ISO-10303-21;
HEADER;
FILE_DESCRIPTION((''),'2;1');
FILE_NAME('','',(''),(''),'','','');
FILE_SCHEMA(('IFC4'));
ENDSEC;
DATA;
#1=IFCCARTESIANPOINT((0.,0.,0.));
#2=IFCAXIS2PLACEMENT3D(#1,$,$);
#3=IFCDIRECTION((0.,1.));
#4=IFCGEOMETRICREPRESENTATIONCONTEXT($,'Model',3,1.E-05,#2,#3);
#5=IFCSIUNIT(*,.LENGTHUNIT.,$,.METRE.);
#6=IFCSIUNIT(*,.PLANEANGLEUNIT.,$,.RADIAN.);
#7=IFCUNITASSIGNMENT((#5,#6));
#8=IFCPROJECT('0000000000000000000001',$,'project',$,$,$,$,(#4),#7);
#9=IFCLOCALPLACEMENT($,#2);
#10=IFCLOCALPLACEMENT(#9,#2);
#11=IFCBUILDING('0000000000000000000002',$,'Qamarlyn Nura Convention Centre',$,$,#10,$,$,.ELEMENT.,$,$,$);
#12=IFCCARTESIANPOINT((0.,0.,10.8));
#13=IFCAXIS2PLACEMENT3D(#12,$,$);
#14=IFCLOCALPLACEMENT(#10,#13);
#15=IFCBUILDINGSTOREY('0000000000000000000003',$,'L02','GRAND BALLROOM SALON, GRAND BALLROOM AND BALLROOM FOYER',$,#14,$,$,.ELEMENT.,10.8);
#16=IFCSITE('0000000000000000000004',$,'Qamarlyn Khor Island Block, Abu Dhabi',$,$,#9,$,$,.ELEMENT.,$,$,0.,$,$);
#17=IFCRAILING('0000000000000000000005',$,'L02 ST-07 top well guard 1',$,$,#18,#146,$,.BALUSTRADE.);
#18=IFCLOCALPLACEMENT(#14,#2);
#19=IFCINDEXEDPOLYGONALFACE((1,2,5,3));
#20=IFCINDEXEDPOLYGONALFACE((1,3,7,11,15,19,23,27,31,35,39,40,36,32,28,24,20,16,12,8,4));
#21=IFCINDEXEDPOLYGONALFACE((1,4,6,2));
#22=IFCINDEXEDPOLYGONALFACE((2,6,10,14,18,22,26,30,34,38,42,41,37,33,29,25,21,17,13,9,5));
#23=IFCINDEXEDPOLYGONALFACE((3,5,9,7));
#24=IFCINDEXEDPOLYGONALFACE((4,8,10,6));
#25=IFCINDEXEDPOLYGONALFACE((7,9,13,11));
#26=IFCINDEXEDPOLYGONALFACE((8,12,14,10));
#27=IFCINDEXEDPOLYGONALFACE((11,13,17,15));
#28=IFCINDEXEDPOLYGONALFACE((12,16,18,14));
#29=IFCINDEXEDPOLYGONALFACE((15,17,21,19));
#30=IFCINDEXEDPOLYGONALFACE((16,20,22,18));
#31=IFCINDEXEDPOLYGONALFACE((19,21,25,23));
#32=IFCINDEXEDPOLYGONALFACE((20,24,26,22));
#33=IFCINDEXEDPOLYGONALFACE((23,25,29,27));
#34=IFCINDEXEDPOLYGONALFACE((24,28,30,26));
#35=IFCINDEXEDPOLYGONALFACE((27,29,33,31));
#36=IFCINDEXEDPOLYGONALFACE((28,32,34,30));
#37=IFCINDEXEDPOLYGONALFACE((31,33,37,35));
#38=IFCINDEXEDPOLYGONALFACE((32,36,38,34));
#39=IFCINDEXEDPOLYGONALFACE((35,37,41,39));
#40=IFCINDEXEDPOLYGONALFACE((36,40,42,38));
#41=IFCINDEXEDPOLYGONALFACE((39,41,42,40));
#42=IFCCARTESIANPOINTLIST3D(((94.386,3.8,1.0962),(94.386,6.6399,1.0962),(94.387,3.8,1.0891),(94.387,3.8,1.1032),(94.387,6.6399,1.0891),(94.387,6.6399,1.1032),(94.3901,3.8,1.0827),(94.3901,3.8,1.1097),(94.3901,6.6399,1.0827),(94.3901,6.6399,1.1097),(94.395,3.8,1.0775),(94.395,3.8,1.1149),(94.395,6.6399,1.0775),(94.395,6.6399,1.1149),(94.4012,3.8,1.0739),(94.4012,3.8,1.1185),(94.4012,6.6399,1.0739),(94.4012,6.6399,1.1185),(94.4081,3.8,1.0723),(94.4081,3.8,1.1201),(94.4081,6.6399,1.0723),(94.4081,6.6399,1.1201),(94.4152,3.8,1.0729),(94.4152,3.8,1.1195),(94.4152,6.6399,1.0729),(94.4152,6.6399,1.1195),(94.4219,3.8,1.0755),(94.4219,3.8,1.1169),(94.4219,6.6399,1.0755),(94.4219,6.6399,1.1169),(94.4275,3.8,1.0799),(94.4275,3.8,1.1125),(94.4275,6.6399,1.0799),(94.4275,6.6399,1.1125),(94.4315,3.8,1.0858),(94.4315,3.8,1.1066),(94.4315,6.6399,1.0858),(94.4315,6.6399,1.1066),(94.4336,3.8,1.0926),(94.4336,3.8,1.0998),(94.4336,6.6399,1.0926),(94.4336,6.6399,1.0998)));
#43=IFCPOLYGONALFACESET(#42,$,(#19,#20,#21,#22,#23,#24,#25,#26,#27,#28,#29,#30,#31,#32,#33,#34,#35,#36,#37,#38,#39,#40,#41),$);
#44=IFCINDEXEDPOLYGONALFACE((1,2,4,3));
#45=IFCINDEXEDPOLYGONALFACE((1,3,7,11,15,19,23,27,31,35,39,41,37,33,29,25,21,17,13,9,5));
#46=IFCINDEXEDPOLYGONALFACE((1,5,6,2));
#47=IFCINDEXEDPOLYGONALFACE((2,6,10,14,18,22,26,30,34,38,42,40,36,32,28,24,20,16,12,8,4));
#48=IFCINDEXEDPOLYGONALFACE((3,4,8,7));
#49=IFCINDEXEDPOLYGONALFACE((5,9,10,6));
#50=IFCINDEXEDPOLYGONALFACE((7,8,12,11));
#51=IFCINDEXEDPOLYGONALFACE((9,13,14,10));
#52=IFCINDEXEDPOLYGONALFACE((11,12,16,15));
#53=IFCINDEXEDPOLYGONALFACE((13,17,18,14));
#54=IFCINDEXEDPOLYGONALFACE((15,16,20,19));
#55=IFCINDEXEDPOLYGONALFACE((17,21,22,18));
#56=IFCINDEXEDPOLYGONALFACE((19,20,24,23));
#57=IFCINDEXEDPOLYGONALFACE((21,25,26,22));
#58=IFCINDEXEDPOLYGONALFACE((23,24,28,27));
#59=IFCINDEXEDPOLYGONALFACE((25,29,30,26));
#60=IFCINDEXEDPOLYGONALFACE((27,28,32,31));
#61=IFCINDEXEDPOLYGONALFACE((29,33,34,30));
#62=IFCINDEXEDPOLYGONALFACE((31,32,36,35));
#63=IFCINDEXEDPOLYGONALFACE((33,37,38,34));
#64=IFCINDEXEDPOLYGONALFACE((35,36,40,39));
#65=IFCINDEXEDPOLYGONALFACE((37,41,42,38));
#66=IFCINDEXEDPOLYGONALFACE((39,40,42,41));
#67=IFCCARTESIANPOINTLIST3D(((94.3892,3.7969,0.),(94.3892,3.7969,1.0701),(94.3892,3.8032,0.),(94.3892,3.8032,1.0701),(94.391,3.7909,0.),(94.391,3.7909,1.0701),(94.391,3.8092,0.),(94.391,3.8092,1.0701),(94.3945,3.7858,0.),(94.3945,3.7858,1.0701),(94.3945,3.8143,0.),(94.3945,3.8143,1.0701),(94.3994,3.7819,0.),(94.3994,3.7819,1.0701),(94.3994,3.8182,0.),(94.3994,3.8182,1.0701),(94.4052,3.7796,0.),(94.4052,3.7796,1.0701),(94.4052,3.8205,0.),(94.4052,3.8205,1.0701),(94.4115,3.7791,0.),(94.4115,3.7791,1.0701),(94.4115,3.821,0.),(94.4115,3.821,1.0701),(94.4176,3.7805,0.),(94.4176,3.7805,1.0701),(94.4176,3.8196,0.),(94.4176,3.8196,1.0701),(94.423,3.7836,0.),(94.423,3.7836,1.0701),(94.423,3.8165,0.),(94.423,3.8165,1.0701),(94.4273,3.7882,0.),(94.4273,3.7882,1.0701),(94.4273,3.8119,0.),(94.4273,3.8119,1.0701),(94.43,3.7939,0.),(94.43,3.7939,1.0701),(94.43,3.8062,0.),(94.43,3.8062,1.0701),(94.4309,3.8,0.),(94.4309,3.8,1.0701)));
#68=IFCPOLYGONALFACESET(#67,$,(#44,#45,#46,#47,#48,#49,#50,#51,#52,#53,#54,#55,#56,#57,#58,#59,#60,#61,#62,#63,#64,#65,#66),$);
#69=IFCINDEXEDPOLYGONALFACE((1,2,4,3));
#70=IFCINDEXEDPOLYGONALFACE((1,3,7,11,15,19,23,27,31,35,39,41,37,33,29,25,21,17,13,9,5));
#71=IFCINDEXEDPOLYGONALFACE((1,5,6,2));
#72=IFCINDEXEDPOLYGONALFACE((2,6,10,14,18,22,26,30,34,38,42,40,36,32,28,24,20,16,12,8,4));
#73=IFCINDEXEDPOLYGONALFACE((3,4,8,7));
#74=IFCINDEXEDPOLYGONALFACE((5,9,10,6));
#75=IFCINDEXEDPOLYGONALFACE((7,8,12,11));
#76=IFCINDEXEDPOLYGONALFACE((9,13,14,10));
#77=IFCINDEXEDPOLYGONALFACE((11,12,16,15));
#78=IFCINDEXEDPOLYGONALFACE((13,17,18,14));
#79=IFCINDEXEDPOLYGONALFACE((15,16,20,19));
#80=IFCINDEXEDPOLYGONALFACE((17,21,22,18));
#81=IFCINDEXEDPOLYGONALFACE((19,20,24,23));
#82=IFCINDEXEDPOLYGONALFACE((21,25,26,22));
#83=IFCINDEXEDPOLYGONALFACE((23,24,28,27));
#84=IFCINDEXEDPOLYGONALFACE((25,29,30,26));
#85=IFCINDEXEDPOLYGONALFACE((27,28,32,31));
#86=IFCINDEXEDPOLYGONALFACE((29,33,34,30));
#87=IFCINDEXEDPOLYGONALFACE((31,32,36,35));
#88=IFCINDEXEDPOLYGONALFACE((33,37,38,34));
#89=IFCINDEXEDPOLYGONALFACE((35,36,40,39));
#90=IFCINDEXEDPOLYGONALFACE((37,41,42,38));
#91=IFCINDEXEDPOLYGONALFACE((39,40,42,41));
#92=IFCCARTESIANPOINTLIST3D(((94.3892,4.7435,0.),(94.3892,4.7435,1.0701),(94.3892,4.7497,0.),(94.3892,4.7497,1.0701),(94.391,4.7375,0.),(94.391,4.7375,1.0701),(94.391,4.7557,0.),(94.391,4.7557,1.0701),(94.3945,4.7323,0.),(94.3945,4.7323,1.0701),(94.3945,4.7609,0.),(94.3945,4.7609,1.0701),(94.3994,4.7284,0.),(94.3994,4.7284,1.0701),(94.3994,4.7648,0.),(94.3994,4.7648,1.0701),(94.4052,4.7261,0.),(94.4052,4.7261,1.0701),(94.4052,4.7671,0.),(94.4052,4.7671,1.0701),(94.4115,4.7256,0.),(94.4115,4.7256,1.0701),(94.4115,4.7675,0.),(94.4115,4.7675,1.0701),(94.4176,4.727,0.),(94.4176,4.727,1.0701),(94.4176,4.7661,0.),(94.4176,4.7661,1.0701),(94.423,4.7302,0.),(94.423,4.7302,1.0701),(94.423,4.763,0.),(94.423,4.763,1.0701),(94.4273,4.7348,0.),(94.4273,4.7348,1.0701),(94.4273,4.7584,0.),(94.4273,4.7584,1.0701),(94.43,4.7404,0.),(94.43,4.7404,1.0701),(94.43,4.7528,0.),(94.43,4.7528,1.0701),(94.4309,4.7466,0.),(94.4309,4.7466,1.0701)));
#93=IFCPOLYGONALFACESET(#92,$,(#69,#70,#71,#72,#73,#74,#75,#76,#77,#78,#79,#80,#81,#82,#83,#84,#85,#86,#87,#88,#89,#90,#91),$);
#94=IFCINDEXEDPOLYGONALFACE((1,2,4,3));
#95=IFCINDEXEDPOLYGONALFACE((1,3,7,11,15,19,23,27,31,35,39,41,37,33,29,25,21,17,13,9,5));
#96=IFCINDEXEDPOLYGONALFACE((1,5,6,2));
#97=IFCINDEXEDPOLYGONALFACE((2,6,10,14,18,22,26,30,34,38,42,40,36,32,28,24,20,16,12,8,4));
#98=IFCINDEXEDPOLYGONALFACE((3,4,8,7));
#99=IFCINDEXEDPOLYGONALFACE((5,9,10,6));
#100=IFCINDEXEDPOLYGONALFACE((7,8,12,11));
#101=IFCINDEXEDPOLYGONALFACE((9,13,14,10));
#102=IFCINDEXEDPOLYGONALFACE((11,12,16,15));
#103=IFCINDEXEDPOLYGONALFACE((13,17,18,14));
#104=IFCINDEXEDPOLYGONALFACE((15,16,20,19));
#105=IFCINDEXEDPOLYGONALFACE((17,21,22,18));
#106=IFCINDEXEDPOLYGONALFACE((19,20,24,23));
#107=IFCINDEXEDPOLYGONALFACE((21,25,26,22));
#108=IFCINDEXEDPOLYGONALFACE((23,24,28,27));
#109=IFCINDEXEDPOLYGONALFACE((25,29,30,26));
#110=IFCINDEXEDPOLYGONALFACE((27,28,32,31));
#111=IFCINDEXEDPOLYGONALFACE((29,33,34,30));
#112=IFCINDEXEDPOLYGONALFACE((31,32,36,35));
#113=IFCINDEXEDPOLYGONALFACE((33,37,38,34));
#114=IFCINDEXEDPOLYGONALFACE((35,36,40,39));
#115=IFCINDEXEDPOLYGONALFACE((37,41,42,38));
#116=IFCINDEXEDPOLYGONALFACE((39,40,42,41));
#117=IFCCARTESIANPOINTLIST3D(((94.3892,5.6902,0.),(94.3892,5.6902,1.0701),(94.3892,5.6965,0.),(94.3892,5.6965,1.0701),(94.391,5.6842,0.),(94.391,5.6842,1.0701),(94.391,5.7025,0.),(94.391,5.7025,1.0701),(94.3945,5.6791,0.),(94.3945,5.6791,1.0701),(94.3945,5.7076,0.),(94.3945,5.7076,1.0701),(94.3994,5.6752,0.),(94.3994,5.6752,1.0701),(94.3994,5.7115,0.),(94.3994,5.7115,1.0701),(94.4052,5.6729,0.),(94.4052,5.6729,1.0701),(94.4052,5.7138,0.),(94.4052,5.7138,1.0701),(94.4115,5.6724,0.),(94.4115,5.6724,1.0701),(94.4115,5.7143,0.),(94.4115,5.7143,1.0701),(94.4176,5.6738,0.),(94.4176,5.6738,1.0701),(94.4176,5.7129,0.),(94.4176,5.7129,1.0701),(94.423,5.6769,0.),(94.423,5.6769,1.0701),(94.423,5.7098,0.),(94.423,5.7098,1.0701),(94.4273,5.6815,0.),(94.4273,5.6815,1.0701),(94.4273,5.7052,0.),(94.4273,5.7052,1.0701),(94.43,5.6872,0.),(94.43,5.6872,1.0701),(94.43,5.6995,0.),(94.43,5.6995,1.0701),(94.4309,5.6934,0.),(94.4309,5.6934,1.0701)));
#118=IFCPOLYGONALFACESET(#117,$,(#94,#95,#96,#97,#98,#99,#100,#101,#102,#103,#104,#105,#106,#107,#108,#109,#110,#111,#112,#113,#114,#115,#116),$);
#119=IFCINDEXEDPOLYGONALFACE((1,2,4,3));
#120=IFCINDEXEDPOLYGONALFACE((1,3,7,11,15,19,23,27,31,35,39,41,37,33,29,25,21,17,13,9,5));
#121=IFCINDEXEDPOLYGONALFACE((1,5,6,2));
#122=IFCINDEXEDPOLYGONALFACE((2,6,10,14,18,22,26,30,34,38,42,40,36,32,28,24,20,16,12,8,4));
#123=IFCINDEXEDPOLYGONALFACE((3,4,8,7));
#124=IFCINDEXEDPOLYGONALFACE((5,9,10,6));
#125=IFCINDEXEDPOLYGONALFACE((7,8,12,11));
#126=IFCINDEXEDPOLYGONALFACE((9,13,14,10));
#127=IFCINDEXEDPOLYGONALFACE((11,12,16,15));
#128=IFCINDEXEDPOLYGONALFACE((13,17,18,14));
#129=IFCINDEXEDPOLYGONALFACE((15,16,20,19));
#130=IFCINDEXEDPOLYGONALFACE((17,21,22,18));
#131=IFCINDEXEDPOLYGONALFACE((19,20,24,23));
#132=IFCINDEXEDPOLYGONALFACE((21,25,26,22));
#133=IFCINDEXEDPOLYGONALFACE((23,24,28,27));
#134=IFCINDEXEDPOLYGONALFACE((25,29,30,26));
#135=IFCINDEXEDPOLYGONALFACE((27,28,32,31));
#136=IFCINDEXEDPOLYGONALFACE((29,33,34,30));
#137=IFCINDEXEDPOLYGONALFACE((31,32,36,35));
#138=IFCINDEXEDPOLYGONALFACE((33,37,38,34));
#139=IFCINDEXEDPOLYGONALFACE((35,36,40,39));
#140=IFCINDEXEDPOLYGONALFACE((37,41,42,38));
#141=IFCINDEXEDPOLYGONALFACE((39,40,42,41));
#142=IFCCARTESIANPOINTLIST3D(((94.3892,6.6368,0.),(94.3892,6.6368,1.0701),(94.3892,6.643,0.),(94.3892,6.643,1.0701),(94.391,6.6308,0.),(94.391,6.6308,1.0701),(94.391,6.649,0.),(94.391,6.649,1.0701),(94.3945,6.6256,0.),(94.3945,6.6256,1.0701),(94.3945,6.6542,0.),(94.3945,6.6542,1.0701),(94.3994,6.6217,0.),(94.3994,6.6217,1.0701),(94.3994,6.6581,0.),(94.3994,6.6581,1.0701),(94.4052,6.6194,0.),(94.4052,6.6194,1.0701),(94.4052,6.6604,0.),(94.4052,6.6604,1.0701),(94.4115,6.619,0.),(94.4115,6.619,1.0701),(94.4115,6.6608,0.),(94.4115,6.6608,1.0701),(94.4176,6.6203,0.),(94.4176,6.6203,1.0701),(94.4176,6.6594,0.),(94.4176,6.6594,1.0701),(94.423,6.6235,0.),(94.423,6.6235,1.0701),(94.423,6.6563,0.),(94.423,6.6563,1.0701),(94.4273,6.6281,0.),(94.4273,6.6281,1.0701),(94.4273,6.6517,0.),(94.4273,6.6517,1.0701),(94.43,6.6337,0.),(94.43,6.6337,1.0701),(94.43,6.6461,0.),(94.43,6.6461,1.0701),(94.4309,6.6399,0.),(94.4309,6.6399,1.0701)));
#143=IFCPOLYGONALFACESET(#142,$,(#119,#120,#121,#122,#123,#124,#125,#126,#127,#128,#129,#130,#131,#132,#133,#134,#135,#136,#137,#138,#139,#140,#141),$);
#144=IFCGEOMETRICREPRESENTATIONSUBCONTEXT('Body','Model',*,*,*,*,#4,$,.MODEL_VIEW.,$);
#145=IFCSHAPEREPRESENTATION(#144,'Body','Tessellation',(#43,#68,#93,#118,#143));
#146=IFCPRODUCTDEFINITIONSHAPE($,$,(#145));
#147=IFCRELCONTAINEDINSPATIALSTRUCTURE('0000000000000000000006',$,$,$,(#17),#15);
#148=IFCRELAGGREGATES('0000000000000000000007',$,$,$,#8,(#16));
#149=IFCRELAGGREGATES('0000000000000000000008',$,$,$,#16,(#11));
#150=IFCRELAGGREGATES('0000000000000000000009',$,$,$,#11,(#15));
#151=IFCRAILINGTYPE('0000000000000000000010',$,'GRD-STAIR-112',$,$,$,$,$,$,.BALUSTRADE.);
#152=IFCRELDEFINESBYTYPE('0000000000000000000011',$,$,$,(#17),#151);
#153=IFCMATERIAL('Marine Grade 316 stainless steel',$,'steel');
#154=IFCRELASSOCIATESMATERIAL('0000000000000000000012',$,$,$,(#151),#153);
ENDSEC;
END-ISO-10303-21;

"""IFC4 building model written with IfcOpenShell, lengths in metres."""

from ifc_helpers import new_model, si_unit, direction, frame, origin, origin_2d, place, context, subcontext, project, spatial, circle, extrude, material, type_object, element, save


model = new_model("IFC4")

# Units and contexts
model_context = context("Model", 3, precision=1e-05, world=origin(), true_north=direction((0.0, 1.0)))
body_context = subcontext(model_context, "Body", "Model", "MODEL_VIEW")
ifc_project = project(units=[si_unit("LENGTHUNIT", "METRE"), si_unit("PLANEANGLEUNIT", "RADIAN")], contexts=[model_context])

# Site, building, storey
site_placement = place(None, origin())
site = spatial("IfcSite", under=ifc_project, at=site_placement, Name="Qamarlyn Khor Island Block, Abu Dhabi", CompositionType="ELEMENT", RefElevation=0.0)
building_placement = place(site_placement, origin())
building = spatial("IfcBuilding", under=site, at=building_placement, Name="Qamarlyn Nura Convention Centre", CompositionType="ELEMENT")
storey_placement = place(building_placement, frame((0.0, 0.0, 10.8)))
storey = spatial("IfcBuildingStorey", under=building, at=storey_placement, Name="L02", Description="GRAND BALLROOM SALON, GRAND BALLROOM AND BALLROOM FOYER", CompositionType="ELEMENT", Elevation=10.8)

# Railing
ifc_material_1 = material(Name="Marine Grade 316 stainless steel", Category="steel")
railing_type = type_object("IfcRailingType", Name="GRD-STAIR-112", PredefinedType="BALUSTRADE", material=ifc_material_1)
railing_placement = place(storey_placement, frame((94.4099, 3.8, 0.0)))
element("IfcRailing", 1, at=railing_placement, inside=storey, type_object=railing_type, Name="L02 ST-07 top well guard 1", PredefinedType="BALUSTRADE", context=body_context, shape_type="SweptSolid", body=[
    extrude(circle(Radius=0.0239, at=origin_2d()), frame((0.0, 0.0, 1.0962), z_axis=(0.0, 1.0, 0.0), x_axis=(-1.0, 0.0, 0.0)), (0.0, 0.0, 1.0), 2.8398),
    extrude(circle(Radius=0.021, at=origin_2d()), origin(), (0.0, 0.0, 1.0), 1.0701),
    extrude(circle(Radius=0.021, at=origin_2d()), frame((0.0, 0.9465, 0.0)), (0.0, 0.0, 1.0), 1.0701),
    extrude(circle(Radius=0.021, at=origin_2d()), frame((0.0, 1.8933, 0.0)), (0.0, 0.0, 1.0), 1.0701),
    extrude(circle(Radius=0.021, at=origin_2d()), frame((0.0, 2.8398, 0.0)), (0.0, 0.0, 1.0), 1.0701),
])

save(model, "model.ifc")
